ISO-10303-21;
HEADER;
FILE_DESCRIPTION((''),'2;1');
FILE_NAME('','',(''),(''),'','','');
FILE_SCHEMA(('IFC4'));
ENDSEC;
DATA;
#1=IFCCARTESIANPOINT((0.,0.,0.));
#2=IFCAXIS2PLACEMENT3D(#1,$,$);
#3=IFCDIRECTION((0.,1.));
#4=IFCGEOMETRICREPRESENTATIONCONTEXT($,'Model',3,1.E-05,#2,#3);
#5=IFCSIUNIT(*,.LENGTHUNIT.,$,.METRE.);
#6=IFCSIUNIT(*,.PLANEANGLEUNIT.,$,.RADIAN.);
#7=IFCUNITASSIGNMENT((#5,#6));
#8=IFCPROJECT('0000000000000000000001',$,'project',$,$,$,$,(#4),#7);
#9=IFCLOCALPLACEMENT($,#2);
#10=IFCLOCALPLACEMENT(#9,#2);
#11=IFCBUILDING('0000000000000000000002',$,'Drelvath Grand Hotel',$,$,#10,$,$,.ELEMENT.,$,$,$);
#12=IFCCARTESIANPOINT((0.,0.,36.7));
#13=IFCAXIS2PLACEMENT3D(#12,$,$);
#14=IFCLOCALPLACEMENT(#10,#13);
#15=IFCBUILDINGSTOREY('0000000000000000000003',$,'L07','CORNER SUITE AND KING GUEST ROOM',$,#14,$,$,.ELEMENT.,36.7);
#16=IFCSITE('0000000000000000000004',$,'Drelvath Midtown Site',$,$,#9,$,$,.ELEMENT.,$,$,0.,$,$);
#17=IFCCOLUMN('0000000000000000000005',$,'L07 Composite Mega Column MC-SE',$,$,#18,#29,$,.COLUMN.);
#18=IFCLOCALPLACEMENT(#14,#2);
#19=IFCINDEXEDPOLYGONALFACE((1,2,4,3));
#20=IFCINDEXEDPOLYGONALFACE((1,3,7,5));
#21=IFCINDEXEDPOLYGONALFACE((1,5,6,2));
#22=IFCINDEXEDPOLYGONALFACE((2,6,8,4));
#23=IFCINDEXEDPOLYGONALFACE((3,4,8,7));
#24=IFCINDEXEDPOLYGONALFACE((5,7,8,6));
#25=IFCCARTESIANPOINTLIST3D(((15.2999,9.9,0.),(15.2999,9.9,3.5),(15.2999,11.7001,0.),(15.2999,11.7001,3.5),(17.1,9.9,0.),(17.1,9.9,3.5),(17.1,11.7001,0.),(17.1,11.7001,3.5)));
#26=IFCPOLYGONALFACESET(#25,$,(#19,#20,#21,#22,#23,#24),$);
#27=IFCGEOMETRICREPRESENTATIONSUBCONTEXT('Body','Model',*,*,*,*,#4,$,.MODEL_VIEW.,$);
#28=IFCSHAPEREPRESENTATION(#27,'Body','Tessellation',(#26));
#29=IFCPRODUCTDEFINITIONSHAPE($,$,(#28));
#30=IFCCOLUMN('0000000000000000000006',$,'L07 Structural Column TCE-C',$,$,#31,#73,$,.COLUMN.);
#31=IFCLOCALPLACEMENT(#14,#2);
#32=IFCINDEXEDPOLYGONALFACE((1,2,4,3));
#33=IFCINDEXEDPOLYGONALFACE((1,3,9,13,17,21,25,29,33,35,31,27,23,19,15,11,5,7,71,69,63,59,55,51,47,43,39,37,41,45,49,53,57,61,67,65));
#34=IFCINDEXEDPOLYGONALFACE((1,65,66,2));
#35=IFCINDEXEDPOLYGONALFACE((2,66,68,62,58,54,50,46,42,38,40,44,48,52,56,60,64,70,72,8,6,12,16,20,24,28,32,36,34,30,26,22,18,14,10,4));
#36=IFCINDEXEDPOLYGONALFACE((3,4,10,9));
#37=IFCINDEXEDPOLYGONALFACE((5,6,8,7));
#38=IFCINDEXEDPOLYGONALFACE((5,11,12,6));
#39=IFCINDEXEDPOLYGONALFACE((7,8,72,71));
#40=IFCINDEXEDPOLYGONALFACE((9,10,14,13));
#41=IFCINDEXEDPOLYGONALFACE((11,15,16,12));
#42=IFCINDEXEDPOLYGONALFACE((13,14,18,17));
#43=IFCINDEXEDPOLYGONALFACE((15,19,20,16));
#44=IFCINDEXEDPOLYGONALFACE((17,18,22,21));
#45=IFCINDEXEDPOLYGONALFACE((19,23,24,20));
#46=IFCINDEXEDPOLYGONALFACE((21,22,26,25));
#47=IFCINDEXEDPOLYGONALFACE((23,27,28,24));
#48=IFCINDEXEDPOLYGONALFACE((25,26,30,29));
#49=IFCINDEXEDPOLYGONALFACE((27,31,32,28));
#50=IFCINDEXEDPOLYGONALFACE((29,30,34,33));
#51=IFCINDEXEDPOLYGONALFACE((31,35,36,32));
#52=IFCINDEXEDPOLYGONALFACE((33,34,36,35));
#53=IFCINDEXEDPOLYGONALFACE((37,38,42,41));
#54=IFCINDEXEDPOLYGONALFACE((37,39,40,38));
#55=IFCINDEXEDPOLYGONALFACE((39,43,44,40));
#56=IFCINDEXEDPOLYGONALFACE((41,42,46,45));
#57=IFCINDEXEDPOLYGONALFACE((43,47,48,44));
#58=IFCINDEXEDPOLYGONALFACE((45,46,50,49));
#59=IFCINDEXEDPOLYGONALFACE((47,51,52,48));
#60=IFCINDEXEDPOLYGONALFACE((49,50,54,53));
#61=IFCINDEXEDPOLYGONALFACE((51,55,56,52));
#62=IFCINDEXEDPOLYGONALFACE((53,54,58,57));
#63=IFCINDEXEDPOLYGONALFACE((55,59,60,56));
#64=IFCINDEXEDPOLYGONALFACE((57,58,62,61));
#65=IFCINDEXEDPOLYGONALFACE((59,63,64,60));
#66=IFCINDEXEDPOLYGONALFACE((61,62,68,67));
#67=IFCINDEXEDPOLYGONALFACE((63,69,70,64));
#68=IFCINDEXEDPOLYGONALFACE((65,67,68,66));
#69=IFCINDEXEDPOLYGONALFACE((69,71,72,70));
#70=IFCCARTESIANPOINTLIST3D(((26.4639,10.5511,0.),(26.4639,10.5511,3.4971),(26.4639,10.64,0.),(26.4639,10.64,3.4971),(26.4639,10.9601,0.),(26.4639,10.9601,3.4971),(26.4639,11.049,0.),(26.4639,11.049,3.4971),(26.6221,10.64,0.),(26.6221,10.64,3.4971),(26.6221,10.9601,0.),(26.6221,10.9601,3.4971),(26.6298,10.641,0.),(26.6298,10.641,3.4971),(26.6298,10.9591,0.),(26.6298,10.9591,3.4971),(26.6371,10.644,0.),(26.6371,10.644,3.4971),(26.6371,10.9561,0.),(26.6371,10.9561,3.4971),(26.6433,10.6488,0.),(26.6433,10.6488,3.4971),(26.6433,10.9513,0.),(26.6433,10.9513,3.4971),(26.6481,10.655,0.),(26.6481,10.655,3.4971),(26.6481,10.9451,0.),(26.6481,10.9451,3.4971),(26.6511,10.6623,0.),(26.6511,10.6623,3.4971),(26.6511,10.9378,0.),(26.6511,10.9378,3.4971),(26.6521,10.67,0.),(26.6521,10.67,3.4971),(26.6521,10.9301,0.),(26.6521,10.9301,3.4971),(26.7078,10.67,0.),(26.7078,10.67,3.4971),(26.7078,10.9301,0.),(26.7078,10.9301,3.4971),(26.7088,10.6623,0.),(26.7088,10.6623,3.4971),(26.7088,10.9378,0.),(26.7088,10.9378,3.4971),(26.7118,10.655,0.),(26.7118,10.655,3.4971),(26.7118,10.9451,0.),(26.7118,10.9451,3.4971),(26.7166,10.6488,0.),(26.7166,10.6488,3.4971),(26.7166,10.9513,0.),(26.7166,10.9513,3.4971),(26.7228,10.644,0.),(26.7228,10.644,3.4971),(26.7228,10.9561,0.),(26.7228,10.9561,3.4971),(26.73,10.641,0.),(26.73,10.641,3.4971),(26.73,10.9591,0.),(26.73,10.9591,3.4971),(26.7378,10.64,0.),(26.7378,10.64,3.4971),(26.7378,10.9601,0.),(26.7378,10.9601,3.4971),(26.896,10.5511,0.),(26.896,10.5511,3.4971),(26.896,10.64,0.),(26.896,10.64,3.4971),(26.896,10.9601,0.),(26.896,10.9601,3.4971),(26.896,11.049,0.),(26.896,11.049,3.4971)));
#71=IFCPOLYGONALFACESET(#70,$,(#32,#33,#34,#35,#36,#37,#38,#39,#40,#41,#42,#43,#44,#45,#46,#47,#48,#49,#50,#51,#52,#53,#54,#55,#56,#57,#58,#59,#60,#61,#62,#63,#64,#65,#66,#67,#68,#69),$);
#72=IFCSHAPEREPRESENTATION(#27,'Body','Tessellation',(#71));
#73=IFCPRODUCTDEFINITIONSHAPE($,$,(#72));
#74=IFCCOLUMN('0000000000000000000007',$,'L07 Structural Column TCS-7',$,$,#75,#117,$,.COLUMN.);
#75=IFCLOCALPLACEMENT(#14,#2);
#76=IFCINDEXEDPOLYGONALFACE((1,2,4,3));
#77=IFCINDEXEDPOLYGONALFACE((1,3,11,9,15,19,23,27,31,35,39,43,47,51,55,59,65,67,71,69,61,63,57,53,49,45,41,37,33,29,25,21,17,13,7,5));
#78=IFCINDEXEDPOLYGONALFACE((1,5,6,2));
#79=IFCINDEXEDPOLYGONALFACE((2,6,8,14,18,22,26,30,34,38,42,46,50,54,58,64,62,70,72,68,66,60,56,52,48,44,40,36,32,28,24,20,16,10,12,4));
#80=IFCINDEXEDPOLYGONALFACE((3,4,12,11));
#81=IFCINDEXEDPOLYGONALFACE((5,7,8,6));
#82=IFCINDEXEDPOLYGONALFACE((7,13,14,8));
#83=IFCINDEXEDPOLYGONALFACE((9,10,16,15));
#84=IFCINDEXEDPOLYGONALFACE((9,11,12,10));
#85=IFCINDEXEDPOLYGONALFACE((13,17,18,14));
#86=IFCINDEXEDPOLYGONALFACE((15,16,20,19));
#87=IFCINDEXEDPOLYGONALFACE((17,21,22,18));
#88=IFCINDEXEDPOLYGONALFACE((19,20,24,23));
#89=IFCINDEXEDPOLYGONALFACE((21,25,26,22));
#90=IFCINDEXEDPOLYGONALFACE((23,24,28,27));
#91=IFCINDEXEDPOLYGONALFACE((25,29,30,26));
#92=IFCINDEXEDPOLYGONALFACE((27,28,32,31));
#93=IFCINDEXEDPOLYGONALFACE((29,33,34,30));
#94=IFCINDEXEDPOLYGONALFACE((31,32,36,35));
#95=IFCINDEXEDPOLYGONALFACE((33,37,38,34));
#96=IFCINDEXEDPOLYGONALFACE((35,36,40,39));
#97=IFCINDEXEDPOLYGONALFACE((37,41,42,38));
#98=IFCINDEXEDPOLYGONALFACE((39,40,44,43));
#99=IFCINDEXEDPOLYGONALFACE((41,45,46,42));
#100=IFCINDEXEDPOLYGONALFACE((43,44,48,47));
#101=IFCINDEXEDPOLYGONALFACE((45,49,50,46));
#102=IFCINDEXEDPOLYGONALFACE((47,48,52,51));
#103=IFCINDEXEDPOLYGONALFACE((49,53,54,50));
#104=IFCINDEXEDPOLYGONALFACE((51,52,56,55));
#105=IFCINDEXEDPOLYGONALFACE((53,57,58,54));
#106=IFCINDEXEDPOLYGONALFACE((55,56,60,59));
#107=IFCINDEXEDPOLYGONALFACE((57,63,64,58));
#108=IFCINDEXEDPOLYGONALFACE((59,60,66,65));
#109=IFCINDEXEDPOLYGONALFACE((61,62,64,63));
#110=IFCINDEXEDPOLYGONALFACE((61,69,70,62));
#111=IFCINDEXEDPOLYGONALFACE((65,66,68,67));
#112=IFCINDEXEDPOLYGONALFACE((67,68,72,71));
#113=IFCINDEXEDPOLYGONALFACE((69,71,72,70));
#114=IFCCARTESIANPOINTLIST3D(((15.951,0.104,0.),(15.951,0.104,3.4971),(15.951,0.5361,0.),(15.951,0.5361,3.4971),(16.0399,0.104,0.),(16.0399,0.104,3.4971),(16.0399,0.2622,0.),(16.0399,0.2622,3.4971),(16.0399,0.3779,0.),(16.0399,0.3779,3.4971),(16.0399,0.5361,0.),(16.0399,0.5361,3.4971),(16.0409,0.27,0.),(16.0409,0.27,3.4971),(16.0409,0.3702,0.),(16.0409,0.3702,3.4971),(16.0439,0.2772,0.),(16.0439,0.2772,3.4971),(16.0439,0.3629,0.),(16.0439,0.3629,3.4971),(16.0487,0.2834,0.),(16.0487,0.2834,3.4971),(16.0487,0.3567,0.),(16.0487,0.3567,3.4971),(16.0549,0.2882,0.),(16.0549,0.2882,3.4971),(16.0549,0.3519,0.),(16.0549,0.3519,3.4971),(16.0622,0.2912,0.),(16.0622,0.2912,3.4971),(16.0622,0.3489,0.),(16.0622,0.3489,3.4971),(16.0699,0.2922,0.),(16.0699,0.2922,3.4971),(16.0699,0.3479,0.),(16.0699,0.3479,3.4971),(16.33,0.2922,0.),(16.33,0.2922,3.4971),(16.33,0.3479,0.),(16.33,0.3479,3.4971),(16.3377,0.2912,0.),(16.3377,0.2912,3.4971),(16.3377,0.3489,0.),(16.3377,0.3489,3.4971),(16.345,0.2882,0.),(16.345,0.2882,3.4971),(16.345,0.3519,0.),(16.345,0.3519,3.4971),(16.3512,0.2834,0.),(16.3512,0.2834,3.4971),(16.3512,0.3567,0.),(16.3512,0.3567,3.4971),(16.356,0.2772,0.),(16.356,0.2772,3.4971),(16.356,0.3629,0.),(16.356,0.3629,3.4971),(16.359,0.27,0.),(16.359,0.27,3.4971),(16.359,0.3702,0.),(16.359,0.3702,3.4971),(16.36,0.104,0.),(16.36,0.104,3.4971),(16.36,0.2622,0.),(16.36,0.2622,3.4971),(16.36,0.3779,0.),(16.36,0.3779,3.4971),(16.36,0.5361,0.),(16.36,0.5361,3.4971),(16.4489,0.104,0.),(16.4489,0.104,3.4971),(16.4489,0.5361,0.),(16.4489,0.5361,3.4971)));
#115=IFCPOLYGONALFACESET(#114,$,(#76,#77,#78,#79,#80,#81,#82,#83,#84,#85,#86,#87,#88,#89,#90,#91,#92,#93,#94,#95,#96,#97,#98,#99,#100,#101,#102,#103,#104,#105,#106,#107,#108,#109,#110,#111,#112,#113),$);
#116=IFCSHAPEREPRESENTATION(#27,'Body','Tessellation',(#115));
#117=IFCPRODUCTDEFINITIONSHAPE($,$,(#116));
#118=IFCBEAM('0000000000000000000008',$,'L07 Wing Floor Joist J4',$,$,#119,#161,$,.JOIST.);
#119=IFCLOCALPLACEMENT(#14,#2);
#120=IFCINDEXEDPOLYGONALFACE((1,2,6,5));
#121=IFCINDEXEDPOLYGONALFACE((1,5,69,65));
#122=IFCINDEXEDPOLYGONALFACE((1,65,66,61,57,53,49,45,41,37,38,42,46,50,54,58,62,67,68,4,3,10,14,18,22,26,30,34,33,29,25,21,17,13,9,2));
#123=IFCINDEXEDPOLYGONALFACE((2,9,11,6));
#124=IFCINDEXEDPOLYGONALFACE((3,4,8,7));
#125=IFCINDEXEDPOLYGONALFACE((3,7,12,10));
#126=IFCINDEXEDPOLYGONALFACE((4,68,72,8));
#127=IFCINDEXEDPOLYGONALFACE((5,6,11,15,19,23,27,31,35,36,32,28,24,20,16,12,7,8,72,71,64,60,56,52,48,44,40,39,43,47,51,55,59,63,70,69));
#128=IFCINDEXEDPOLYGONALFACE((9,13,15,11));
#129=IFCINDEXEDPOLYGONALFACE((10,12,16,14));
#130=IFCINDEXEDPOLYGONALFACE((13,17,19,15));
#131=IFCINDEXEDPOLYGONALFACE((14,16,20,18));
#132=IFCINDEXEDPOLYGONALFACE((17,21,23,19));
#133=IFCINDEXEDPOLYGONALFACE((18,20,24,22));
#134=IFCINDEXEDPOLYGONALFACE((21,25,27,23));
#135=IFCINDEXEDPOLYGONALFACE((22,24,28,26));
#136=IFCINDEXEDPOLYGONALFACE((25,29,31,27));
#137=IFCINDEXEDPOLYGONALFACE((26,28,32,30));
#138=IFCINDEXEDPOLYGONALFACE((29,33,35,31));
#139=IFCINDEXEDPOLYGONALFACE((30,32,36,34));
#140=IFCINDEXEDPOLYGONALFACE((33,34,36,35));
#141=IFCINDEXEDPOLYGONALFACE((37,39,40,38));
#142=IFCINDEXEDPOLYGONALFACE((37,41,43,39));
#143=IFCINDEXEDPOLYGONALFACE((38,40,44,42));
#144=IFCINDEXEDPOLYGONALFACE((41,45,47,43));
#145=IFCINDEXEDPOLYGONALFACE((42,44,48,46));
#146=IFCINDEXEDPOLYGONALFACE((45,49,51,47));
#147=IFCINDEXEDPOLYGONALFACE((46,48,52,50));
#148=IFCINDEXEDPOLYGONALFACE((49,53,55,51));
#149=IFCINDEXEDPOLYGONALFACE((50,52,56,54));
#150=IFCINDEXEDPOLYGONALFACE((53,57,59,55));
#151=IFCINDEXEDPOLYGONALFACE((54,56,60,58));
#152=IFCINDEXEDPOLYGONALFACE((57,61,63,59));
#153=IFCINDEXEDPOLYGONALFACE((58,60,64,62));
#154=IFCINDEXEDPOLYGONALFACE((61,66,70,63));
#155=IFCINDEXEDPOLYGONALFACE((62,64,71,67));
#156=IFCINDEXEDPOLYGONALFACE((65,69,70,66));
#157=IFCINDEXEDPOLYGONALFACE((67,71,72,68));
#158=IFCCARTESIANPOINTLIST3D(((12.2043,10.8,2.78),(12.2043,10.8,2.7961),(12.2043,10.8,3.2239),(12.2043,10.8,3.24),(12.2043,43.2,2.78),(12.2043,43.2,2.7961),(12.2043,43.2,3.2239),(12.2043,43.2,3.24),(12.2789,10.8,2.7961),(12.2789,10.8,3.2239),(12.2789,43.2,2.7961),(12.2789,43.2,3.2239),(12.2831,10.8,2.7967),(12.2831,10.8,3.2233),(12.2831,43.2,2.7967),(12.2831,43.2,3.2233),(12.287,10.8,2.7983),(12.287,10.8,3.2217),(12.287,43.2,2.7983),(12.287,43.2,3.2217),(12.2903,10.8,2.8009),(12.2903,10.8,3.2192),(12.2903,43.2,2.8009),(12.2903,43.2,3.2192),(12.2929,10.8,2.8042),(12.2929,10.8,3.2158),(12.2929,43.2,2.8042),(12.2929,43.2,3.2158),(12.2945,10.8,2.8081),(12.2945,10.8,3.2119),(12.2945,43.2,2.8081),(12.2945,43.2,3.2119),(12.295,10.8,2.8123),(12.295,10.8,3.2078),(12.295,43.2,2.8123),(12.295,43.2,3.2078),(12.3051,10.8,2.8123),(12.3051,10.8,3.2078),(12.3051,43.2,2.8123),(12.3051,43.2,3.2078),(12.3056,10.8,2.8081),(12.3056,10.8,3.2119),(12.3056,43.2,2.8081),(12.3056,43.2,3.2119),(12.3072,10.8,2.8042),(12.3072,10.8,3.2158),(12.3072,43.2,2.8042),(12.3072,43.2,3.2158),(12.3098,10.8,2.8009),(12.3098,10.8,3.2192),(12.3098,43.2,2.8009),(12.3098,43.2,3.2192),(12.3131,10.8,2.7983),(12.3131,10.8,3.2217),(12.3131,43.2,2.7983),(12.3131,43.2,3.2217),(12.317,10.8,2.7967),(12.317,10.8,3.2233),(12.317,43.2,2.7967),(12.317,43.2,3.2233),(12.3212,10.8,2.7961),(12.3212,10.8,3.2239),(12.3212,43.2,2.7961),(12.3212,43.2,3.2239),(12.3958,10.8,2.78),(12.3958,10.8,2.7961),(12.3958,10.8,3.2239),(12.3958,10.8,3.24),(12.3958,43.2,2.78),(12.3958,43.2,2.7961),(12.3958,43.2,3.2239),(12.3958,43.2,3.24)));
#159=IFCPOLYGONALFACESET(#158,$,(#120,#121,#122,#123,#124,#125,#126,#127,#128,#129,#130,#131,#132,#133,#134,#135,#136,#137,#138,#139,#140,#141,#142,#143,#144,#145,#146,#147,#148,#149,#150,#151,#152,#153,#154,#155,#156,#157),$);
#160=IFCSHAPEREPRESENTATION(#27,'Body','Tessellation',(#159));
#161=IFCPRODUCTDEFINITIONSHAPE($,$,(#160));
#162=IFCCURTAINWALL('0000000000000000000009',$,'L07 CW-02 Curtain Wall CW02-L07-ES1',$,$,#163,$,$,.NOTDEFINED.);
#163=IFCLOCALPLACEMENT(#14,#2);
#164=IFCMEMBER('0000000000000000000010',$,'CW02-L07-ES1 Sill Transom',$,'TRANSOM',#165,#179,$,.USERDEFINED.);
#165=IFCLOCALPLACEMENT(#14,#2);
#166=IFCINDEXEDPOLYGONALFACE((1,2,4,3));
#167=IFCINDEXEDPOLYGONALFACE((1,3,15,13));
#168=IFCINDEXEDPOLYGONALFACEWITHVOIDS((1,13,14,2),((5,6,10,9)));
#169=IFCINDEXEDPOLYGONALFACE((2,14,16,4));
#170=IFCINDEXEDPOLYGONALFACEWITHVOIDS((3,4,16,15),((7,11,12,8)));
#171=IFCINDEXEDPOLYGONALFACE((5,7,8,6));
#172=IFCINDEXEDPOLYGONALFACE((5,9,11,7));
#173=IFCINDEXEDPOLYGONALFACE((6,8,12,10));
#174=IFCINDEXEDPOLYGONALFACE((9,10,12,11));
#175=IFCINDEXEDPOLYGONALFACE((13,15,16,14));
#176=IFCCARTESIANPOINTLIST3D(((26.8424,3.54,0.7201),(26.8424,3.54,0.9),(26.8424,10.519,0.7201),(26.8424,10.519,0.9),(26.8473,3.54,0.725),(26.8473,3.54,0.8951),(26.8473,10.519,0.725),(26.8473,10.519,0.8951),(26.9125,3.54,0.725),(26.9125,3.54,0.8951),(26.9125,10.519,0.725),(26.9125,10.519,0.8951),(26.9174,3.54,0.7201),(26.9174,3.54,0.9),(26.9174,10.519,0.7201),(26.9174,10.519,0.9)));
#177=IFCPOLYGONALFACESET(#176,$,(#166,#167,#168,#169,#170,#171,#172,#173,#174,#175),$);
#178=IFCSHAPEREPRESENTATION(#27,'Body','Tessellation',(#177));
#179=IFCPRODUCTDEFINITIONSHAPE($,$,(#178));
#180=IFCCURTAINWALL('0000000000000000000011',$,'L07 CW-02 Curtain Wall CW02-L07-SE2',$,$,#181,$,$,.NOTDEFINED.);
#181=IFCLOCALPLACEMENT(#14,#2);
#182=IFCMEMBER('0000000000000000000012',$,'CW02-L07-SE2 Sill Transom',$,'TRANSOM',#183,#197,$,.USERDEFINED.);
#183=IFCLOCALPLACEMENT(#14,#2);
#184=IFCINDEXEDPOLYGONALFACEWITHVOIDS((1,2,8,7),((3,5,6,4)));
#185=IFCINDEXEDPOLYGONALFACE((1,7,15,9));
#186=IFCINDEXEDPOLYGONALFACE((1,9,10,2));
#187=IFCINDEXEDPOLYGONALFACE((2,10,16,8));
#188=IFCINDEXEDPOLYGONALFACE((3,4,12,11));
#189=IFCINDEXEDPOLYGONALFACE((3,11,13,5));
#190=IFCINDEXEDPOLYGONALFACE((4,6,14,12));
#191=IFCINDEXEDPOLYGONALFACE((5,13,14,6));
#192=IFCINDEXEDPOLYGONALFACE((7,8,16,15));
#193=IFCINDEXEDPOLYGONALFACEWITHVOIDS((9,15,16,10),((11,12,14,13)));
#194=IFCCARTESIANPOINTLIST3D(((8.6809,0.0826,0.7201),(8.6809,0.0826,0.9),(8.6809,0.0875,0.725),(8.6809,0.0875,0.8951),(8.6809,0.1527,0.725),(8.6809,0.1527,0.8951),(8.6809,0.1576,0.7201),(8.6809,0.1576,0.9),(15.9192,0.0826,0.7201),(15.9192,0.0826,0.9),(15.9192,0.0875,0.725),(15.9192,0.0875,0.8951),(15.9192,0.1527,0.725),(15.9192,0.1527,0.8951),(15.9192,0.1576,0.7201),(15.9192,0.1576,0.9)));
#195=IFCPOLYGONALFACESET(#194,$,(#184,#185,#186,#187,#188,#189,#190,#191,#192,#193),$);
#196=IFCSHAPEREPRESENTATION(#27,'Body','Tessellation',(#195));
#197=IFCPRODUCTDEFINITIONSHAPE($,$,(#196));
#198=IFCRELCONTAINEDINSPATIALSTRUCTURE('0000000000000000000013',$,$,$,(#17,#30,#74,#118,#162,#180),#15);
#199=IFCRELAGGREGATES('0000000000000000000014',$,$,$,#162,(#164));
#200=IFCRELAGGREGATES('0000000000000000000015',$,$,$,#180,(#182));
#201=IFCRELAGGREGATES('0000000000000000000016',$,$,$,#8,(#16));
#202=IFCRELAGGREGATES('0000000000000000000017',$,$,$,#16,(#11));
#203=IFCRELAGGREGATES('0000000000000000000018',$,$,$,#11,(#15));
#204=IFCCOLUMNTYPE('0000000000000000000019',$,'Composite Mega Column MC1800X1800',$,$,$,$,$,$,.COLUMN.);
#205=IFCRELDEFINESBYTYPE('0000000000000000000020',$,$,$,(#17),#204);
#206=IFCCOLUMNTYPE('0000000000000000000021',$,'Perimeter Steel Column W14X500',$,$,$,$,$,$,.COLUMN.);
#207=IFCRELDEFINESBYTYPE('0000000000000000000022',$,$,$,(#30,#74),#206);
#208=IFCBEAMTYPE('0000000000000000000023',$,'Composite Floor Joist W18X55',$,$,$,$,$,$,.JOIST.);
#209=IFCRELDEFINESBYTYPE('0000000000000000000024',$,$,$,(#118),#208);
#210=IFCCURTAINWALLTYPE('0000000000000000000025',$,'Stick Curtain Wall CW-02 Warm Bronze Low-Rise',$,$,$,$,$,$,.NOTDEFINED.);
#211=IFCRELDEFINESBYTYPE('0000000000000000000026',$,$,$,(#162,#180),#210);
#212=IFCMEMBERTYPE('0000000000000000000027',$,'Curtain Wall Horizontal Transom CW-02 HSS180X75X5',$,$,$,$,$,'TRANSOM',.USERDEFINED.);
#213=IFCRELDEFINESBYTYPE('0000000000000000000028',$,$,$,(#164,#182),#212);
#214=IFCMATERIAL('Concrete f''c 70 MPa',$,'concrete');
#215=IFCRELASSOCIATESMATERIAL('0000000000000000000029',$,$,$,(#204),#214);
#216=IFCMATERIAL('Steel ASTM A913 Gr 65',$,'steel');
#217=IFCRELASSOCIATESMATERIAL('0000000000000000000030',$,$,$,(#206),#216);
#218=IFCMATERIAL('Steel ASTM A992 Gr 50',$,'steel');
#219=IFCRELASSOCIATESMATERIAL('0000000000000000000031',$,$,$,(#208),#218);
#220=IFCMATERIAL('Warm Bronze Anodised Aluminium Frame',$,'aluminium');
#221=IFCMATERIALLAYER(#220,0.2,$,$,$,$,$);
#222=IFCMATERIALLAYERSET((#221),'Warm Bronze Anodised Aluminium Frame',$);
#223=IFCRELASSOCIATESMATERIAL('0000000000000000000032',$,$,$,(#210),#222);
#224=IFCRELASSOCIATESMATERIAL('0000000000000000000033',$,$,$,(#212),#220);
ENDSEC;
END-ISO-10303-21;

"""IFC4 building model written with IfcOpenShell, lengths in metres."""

from ifc_helpers import new_model, si_unit, direction, frame, origin, origin_2d, place, context, subcontext, project, spatial, rectangle, hollow_rectangle, i_section, extrude, material, layer, layer_set, material_profile, profile_set, type_object, element, aggregate, save


model = new_model("IFC4")

# Units and contexts
model_context = context("Model", 3, precision=1e-05, world=origin(), true_north=direction((0.0, 1.0)))
body_context = subcontext(model_context, "Body", "Model", "MODEL_VIEW")
ifc_project = project(units=[si_unit("LENGTHUNIT", "METRE"), si_unit("PLANEANGLEUNIT", "RADIAN")], contexts=[model_context])

# Site, building, storey
site_placement = place(None, origin())
site = spatial("IfcSite", under=ifc_project, at=site_placement, Name="Drelvath Midtown Site", CompositionType="ELEMENT", RefElevation=0.0)
building_placement = place(site_placement, origin())
building = spatial("IfcBuilding", under=site, at=building_placement, Name="Drelvath Grand Hotel", CompositionType="ELEMENT")
storey_placement = place(building_placement, frame((0.0, 0.0, 36.7)))
storey = spatial("IfcBuildingStorey", under=building, at=storey_placement, Name="L07", Description="CORNER SUITE AND KING GUEST ROOM", CompositionType="ELEMENT", Elevation=36.7)

# Columns
ifc_material_1 = material(Name="Concrete f'c 70 MPa", Category="concrete")
ifc_material_profile_1 = material_profile(ifc_material_1, rectangle(XDim=1.8, YDim=1.8, at=origin_2d()), Name="MC1800X1800")
ifc_profile_set_1 = profile_set([ifc_material_profile_1], Name="Concrete f'c 70 MPa")
column_type_1 = type_object("IfcColumnType", Name="Composite Mega Column MC1800X1800", PredefinedType="COLUMN", material=ifc_profile_set_1)
column_placement = place(storey_placement, frame((16.2, 10.8, 0.0), z_axis=(0.0, 0.0, 1.0), x_axis=(1.0, 0.0, 0.0)))
element("IfcColumn", 1, at=column_placement, inside=storey, type_object=column_type_1, Name="L07 Composite Mega Column MC-SE", PredefinedType="COLUMN", context=body_context, shape_type="SweptSolid", body=[
    extrude(rectangle(XDim=1.8, YDim=1.8, at=origin_2d()), origin(), (0.0, 0.0, 1.0), 3.5),
])
ifc_material_2 = material(Name="Steel ASTM A913 Gr 65", Category="steel")
ifc_material_profile_2 = material_profile(ifc_material_2, i_section(OverallWidth=0.4321, OverallDepth=0.4978, WebThickness=0.0557, FlangeThickness=0.0889, FilletRadius=0.03, at=origin_2d()), Name="W14X500")
ifc_profile_set_2 = profile_set([ifc_material_profile_2], Name="Steel ASTM A913 Gr 65")
column_type_2 = type_object("IfcColumnType", Name="Perimeter Steel Column W14X500", PredefinedType="COLUMN", material=ifc_profile_set_2)
for number, where, z_axis, x_axis, name in (
    (2, (26.6799, 10.8, 0.0), (0.0, 0.0, 1.0), (1.0, 0.0, 0.0), "L07 Structural Column TCE-C"),
    (3, (16.2, 0.3201, 0.0), (0.0, 0.0, 1.0), (0.0, 1.0, 0.0), "L07 Structural Column TCS-7"),
):
    element("IfcColumn", number, at=place(storey_placement, frame(where, z_axis=z_axis, x_axis=x_axis)), inside=storey, type_object=column_type_2, Name=name, PredefinedType="COLUMN", context=body_context, shape_type="SweptSolid", body=[
        extrude(i_section(OverallWidth=0.4321, OverallDepth=0.4978, WebThickness=0.0557, FlangeThickness=0.0889, FilletRadius=0.03, at=origin_2d()), origin(), (0.0, 0.0, 1.0), 3.4971),
    ])

# Beam
ifc_material_3 = material(Name="Steel ASTM A992 Gr 50", Category="steel")
ifc_material_profile_3 = material_profile(ifc_material_3, i_section(OverallWidth=0.1914, OverallDepth=0.46, WebThickness=0.01, FlangeThickness=0.0161, FilletRadius=0.0161, at=origin_2d()), Name="W18X55")
ifc_profile_set_3 = profile_set([ifc_material_profile_3], Name="Steel ASTM A992 Gr 50")
beam_type_1 = type_object("IfcBeamType", Name="Composite Floor Joist W18X55", PredefinedType="JOIST", material=ifc_profile_set_3)
beam_1_placement = place(storey_placement, frame((12.3, 10.8, 3.01), z_axis=(0.0, 1.0, 0.0), x_axis=(-1.0, 0.0, 0.0)))
element("IfcBeam", 4, at=beam_1_placement, inside=storey, type_object=beam_type_1, Name="L07 Wing Floor Joist J4", PredefinedType="JOIST", context=body_context, shape_type="SweptSolid", body=[
    extrude(i_section(OverallWidth=0.1914, OverallDepth=0.46, WebThickness=0.01, FlangeThickness=0.0161, FilletRadius=0.0161, at=origin_2d()), origin(), (0.0, 0.0, 1.0), 32.3999),
])

# Curtain walls, members
ifc_material_4 = material(Name="Warm Bronze Anodised Aluminium Frame", Category="aluminium")
ifc_layer_1 = layer(ifc_material_4, 0.2)
ifc_layer_set_1 = layer_set([ifc_layer_1], Name="Warm Bronze Anodised Aluminium Frame")
curtain_wall_type = type_object("IfcCurtainWallType", Name="Stick Curtain Wall CW-02 Warm Bronze Low-Rise", PredefinedType="NOTDEFINED", material=ifc_layer_set_1)
curtain_wall_1_placement = place(storey_placement, origin())
curtain_wall_1 = element("IfcCurtainWall", 5, at=curtain_wall_1_placement, inside=storey, type_object=curtain_wall_type, Name="L07 CW-02 Curtain Wall CW02-L07-ES1", PredefinedType="NOTDEFINED")
ifc_material_profile_4 = material_profile(ifc_material_4, hollow_rectangle(XDim=0.075, YDim=0.1799, WallThickness=0.0049, at=origin_2d()), Name="HSS180X75X5")
ifc_profile_set_4 = profile_set([ifc_material_profile_4], Name="Warm Bronze Anodised Aluminium Frame")
member_type_1 = type_object("IfcMemberType", Name="Curtain Wall Horizontal Transom CW-02 HSS180X75X5", ElementType="TRANSOM", PredefinedType="USERDEFINED", material=ifc_profile_set_4)
member_1_placement = place(storey_placement, frame((26.8799, 10.519, 0.8101), z_axis=(0.0, -1.0, 0.0), x_axis=(1.0, 0.0, 0.0)))
member_1 = element("IfcMember", 6, at=member_1_placement, type_object=member_type_1, Name="CW02-L07-ES1 Sill Transom", ObjectType="TRANSOM", PredefinedType="USERDEFINED", context=body_context, shape_type="SweptSolid", body=[
    extrude(hollow_rectangle(XDim=0.075, YDim=0.1799, WallThickness=0.0049, at=origin_2d()), origin(), (0.0, 0.0, 1.0), 6.979),
])
curtain_wall_2_placement = place(storey_placement, origin())
curtain_wall_2 = element("IfcCurtainWall", 7, at=curtain_wall_2_placement, inside=storey, type_object=curtain_wall_type, Name="L07 CW-02 Curtain Wall CW02-L07-SE2", PredefinedType="NOTDEFINED")
member_2_placement = place(storey_placement, frame((15.9192, 0.1201, 0.8101), z_axis=(-1.0, 0.0, 0.0), x_axis=(0.0, -1.0, 0.0)))
member_2 = element("IfcMember", 8, at=member_2_placement, type_object=member_type_1, Name="CW02-L07-SE2 Sill Transom", ObjectType="TRANSOM", PredefinedType="USERDEFINED", context=body_context, shape_type="SweptSolid", body=[
    extrude(hollow_rectangle(XDim=0.075, YDim=0.1799, WallThickness=0.0049, at=origin_2d()), origin(), (0.0, 0.0, 1.0), 7.2383),
])

aggregate(curtain_wall_1, [member_1])
aggregate(curtain_wall_2, [member_2])

save(model, "model.ifc")
